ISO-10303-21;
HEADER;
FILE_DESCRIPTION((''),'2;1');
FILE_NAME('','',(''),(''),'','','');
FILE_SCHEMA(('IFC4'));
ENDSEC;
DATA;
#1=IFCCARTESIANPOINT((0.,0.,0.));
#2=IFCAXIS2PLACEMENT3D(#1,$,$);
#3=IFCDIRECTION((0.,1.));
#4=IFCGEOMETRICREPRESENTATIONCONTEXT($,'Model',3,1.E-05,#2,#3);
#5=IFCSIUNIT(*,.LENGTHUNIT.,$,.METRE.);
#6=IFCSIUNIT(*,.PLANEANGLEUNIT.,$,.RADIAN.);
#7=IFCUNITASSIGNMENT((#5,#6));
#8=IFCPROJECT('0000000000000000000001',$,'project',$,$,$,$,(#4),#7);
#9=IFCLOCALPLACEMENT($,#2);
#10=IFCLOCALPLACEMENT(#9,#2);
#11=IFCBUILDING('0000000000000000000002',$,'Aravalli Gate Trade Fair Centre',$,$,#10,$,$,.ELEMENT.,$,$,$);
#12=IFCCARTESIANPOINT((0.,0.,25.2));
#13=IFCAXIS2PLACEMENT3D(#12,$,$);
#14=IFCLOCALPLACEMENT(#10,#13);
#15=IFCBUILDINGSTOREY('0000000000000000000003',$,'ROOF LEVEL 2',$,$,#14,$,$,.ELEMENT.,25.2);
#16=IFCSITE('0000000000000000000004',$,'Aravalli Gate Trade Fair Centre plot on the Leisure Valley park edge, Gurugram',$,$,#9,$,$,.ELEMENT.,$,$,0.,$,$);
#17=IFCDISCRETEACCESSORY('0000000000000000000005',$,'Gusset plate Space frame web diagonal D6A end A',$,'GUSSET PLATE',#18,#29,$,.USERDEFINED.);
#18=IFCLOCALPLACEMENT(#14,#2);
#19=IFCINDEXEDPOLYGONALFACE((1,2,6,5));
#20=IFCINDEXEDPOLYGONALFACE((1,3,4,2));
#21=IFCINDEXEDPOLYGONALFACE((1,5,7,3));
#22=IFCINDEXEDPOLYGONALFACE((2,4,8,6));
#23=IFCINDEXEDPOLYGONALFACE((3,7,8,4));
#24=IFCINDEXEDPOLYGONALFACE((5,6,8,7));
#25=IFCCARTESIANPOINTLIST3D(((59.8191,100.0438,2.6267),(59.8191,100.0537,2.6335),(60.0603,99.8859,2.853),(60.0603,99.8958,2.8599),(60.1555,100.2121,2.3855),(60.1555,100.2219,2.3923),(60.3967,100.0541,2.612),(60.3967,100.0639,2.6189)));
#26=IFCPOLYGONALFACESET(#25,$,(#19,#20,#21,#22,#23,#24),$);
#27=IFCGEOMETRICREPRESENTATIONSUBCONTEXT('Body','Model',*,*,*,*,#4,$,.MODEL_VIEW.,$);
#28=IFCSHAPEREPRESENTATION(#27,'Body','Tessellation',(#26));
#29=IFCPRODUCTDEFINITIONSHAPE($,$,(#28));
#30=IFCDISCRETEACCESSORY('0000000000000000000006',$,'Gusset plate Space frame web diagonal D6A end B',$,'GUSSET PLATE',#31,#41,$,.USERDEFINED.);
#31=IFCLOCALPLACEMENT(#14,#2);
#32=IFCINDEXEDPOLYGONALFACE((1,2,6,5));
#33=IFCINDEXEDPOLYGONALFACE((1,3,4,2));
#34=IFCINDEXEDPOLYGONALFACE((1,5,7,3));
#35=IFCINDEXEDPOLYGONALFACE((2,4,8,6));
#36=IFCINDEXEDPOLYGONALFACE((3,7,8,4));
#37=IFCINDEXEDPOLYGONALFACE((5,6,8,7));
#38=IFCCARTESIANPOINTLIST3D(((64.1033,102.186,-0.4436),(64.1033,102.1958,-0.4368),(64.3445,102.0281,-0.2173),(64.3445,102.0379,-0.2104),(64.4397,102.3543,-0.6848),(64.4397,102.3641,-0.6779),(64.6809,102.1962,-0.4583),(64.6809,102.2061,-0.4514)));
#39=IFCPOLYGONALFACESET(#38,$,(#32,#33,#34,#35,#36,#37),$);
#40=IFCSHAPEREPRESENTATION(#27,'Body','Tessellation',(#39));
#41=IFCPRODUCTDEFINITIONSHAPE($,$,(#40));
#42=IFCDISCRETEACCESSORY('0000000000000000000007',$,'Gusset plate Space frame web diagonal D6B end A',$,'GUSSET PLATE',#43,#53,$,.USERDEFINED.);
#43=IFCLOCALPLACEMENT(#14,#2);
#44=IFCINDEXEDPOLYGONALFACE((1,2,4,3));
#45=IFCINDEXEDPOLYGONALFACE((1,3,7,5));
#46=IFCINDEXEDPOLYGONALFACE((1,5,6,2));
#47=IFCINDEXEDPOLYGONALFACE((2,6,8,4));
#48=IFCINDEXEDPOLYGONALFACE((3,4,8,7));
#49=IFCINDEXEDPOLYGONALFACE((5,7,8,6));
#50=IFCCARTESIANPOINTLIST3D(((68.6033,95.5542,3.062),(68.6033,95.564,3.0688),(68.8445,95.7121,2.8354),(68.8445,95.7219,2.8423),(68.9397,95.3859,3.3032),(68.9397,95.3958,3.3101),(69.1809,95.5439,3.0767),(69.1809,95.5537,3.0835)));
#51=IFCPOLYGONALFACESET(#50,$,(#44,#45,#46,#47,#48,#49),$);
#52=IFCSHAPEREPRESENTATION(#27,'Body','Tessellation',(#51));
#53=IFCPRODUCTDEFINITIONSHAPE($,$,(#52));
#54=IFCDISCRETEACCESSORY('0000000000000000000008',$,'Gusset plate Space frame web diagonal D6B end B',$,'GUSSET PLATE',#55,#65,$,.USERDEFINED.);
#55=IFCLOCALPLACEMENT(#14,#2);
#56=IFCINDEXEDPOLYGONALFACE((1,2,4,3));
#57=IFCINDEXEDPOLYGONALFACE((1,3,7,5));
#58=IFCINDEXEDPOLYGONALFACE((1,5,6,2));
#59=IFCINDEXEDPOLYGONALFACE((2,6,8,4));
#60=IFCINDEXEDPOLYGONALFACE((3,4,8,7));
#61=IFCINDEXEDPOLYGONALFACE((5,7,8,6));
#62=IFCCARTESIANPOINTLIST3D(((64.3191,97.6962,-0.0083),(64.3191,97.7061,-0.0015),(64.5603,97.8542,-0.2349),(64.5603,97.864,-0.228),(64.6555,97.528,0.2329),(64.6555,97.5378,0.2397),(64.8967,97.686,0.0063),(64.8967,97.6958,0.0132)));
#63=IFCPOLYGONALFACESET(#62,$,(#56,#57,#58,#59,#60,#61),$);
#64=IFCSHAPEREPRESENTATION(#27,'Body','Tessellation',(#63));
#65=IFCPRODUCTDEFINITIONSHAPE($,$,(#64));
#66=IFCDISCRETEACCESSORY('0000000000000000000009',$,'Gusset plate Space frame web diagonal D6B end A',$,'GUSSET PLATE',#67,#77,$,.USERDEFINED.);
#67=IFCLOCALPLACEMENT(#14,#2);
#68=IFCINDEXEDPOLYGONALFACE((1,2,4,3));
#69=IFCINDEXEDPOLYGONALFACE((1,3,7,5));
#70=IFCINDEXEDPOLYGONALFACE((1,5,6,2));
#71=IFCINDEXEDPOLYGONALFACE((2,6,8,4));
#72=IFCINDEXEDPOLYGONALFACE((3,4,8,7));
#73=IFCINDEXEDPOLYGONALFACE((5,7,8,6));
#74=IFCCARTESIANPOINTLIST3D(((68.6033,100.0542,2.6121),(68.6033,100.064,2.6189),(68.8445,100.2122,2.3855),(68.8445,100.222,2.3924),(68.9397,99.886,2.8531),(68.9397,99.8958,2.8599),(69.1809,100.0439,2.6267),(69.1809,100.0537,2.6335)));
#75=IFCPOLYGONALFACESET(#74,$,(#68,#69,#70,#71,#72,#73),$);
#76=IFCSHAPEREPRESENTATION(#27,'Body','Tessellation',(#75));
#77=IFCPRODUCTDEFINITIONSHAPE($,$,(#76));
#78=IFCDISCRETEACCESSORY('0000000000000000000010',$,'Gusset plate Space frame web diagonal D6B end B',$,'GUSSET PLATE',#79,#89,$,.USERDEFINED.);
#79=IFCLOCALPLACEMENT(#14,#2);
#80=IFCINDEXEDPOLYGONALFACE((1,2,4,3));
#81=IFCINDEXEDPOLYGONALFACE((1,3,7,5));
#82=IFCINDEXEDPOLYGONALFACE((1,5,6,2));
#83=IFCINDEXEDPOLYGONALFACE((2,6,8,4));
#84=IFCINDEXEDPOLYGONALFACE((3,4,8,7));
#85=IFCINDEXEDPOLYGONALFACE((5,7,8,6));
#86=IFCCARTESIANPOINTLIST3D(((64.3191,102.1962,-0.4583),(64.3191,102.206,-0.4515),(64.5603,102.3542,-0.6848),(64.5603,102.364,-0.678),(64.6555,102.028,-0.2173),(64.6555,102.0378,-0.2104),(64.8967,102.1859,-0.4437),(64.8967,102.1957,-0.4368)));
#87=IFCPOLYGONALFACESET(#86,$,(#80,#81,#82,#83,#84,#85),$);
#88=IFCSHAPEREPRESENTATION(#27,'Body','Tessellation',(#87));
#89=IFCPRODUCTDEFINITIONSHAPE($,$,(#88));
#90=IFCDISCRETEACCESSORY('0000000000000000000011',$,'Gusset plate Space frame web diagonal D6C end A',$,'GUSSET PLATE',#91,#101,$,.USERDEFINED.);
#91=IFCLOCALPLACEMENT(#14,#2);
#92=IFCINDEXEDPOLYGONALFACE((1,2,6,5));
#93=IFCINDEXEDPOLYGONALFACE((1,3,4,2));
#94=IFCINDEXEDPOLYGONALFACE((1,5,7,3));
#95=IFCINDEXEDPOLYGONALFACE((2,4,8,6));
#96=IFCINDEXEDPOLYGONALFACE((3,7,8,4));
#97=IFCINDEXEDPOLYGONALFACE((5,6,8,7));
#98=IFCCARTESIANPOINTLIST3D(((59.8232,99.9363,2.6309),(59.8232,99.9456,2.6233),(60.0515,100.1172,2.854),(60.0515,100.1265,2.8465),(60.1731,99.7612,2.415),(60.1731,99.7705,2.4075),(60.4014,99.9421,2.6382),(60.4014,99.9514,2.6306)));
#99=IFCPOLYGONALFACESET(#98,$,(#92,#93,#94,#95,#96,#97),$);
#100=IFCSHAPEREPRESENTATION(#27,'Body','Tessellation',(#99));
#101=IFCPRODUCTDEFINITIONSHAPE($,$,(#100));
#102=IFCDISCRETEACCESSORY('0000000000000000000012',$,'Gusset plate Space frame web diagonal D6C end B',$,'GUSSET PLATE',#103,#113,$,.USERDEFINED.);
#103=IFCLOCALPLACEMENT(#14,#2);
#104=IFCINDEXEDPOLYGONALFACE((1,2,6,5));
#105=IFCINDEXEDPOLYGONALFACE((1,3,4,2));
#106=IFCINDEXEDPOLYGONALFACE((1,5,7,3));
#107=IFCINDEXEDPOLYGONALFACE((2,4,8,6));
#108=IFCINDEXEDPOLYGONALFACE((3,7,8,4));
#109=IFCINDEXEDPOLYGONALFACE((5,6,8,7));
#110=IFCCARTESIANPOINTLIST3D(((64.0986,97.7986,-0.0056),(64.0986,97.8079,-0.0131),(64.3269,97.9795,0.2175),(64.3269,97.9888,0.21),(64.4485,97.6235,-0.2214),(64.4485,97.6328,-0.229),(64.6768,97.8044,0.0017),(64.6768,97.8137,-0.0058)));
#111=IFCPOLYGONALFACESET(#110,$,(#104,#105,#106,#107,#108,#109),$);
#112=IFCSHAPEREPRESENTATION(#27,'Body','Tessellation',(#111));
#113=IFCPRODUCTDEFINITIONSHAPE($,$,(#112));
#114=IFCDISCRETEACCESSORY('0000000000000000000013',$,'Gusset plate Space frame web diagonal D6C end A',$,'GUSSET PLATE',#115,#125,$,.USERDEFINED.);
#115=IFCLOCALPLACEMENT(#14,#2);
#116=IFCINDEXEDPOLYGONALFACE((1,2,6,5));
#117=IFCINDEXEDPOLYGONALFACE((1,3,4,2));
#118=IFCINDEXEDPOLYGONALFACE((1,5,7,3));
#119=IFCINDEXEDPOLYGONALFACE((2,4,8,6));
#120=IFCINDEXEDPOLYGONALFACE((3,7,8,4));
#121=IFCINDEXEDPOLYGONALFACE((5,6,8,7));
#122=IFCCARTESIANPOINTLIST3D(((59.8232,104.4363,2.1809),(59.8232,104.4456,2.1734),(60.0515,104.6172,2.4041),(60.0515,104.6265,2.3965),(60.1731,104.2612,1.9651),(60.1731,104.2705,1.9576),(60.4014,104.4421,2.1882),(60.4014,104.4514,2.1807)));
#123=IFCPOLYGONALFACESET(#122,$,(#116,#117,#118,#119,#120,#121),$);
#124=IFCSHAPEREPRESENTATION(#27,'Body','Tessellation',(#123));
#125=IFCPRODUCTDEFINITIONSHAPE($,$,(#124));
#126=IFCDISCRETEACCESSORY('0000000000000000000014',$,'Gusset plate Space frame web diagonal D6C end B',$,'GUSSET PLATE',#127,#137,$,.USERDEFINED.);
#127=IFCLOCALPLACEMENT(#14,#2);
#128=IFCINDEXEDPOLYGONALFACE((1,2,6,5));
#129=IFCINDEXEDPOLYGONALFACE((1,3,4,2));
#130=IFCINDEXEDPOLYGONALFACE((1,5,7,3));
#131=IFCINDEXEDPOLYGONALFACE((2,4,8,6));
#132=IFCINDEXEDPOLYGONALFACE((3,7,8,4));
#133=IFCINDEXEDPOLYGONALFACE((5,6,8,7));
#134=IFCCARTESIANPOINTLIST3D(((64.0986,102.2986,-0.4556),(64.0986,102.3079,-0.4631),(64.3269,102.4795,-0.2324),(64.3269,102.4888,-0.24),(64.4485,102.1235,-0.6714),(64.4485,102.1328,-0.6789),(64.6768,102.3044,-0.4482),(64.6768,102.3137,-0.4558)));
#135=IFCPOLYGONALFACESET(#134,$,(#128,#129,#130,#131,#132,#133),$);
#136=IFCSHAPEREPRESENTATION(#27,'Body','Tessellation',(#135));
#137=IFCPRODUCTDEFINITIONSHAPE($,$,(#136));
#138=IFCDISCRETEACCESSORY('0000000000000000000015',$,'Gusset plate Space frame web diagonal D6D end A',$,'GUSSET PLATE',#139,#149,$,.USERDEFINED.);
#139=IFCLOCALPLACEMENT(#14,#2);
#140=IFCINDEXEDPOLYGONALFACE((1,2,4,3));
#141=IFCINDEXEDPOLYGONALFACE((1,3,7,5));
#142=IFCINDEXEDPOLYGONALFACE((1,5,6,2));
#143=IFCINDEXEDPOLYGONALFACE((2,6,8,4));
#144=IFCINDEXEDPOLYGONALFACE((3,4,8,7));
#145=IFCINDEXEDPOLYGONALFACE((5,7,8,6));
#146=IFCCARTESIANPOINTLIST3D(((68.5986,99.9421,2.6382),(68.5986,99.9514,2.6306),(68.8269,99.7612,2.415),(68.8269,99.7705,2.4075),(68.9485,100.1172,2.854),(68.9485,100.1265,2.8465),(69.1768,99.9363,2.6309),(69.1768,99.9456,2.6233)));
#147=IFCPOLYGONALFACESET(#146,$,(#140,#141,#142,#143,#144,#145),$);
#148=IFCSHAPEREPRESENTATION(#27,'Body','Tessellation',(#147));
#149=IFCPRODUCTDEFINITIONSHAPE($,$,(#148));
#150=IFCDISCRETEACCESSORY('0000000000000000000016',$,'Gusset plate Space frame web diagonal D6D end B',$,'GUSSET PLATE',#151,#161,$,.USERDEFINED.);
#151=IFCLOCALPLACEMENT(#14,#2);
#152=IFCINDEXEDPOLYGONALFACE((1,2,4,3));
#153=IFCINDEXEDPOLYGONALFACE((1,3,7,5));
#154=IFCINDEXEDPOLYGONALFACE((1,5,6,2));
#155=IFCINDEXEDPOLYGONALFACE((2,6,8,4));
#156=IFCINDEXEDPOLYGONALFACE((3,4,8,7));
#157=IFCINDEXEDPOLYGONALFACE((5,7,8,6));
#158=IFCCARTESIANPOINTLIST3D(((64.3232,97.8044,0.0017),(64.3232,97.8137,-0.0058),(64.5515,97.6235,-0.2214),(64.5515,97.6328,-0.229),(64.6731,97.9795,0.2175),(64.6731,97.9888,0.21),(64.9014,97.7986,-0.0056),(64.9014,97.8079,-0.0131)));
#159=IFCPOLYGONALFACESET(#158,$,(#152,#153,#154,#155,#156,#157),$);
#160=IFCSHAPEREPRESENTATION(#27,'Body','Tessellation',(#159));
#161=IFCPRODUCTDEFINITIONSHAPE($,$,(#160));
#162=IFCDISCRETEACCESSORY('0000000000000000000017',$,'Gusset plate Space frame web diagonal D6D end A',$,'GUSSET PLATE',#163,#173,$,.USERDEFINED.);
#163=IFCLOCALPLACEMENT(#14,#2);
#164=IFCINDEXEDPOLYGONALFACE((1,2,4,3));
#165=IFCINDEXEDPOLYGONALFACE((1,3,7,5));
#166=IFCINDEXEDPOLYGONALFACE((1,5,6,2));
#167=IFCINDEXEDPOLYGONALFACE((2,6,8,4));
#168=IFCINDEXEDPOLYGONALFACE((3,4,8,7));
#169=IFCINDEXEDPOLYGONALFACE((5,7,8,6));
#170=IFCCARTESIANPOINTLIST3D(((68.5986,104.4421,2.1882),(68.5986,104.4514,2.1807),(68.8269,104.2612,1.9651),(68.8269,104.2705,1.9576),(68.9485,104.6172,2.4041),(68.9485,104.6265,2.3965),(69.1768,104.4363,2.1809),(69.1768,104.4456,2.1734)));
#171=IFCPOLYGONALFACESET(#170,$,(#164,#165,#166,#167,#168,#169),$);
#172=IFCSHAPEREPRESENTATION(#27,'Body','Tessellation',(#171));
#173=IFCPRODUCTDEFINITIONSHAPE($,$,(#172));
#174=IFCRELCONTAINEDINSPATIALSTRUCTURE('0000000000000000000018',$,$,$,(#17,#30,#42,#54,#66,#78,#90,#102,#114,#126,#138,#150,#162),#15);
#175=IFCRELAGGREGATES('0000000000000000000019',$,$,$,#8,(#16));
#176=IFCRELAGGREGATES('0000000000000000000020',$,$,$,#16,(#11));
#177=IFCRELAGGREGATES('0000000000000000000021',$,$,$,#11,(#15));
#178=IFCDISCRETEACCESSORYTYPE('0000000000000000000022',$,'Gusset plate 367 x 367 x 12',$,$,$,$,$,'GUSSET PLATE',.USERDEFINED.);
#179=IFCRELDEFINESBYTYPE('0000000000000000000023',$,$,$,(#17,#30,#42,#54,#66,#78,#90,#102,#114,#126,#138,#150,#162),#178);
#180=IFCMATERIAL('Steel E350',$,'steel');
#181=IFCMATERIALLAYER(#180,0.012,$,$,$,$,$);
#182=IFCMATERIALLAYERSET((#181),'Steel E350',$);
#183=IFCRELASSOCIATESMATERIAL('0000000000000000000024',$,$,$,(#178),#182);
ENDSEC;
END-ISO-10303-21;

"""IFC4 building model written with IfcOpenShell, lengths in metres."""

from ifc_helpers import new_model, si_unit, direction, frame, origin, place, context, subcontext, project, spatial, polyline, outline, extrude, material, layer, layer_set, type_object, element, save


model = new_model("IFC4")

# Units and contexts
model_context = context("Model", 3, precision=1e-05, world=origin(), true_north=direction((0.0, 1.0)))
body_context = subcontext(model_context, "Body", "Model", "MODEL_VIEW")
ifc_project = project(units=[si_unit("LENGTHUNIT", "METRE"), si_unit("PLANEANGLEUNIT", "RADIAN")], contexts=[model_context])

# Site, building, storey
site_placement = place(None, origin())
site = spatial("IfcSite", under=ifc_project, at=site_placement, Name="Aravalli Gate Trade Fair Centre plot on the Leisure Valley park edge, Gurugram", CompositionType="ELEMENT", RefElevation=0.0)
building_placement = place(site_placement, origin())
building = spatial("IfcBuilding", under=site, at=building_placement, Name="Aravalli Gate Trade Fair Centre", CompositionType="ELEMENT")
storey_placement = place(building_placement, frame((0.0, 0.0, 25.2)))
storey = spatial("IfcBuildingStorey", under=building, at=storey_placement, Name="ROOF LEVEL 2", CompositionType="ELEMENT", Elevation=25.2)

# Shared definitions
ifc_material = material(Name="Steel E350", Category="steel")

# Discrete accessories
ifc_layer = layer(ifc_material, 0.012)
ifc_layer_set = layer_set([ifc_layer], Name="Steel E350")
discrete_accessory_type = type_object("IfcDiscreteAccessoryType", Name="Gusset plate 367 x 367 x 12", ElementType="GUSSET PLATE", PredefinedType="USERDEFINED", material=ifc_layer_set)
discrete_accessory_1_placement = place(storey_placement, frame((60.1555, 100.2219, 2.3923), z_axis=(-0.000049, 0.820141, 0.572161), x_axis=(-0.75291, -0.376583, 0.539733)))
element("IfcDiscreteAccessory", 1, at=discrete_accessory_1_placement, inside=storey, type_object=discrete_accessory_type, Name="Gusset plate Space frame web diagonal D6A end A", ObjectType="GUSSET PLATE", PredefinedType="USERDEFINED", context=body_context, shape_type="SweptSolid", body=[
    extrude(outline(polyline([(0.0, 0.0), (0.4468, 0.0), (0.4469, 0.3665), (0.0002, 0.3667), (0.0, 0.0)])), origin(), (0.0, 0.0, -1.0), 0.012),
])
discrete_accessory_2_placement = place(storey_placement, frame((64.1033, 102.1958, -0.4368), z_axis=(-0.000049, 0.820141, 0.572161), x_axis=(0.75291, 0.376583, -0.539733)))
element("IfcDiscreteAccessory", 2, at=discrete_accessory_2_placement, inside=storey, type_object=discrete_accessory_type, Name="Gusset plate Space frame web diagonal D6A end B", ObjectType="GUSSET PLATE", PredefinedType="USERDEFINED", context=body_context, shape_type="SweptSolid", body=[
    extrude(outline(polyline([(0.0, 0.0), (0.4468, 0.0), (0.4467, -0.3667), (0.0, -0.3665), (0.0, 0.0)])), origin(), (0.0, 0.0, -1.0), 0.012),
])
discrete_accessory_3_placement = place(storey_placement, frame((68.6033, 95.564, 3.0688), z_axis=(0.000057, 0.820282, 0.57196), x_axis=(0.75291, -0.376455, 0.539822)))
element("IfcDiscreteAccessory", 3, at=discrete_accessory_3_placement, inside=storey, type_object=discrete_accessory_type, Name="Gusset plate Space frame web diagonal D6B end A", ObjectType="GUSSET PLATE", PredefinedType="USERDEFINED", context=body_context, shape_type="SweptSolid", body=[
    extrude(outline(polyline([(0.0, 0.0), (0.4468, 0.0), (0.4467, 0.3667), (-0.0002, 0.3667), (0.0, 0.0)])), origin(), (0.0, 0.0, -1.0), 0.012),
])
discrete_accessory_4_placement = place(storey_placement, frame((64.6555, 97.5378, 0.2397), z_axis=(0.000057, 0.820282, 0.57196), x_axis=(-0.75291, 0.376455, -0.539822)))
element("IfcDiscreteAccessory", 4, at=discrete_accessory_4_placement, inside=storey, type_object=discrete_accessory_type, Name="Gusset plate Space frame web diagonal D6B end B", ObjectType="GUSSET PLATE", PredefinedType="USERDEFINED", context=body_context, shape_type="SweptSolid", body=[
    extrude(outline(polyline([(0.0, 0.0), (0.4468, 0.0), (0.447, -0.3667), (0.0002, -0.3667), (0.0, 0.0)])), origin(), (0.0, 0.0, -1.0), 0.012),
])
discrete_accessory_5_placement = place(storey_placement, frame((68.6033, 100.064, 2.6189), z_axis=(0.000049, 0.820141, 0.572161), x_axis=(0.753132, -0.376438, 0.539524)))
element("IfcDiscreteAccessory", 5, at=discrete_accessory_5_placement, inside=storey, type_object=discrete_accessory_type, Name="Gusset plate Space frame web diagonal D6B end A", ObjectType="GUSSET PLATE", PredefinedType="USERDEFINED", context=body_context, shape_type="SweptSolid", body=[
    extrude(outline(polyline([(0.0, 0.0), (0.4467, 0.0), (0.4468, 0.3665), (0.0, 0.3667), (0.0, 0.0)])), origin(), (0.0, 0.0, -1.0), 0.012),
])
discrete_accessory_6_placement = place(storey_placement, frame((64.6555, 102.0378, -0.2104), z_axis=(0.000049, 0.820141, 0.572161), x_axis=(-0.753132, 0.376438, -0.539524)))
element("IfcDiscreteAccessory", 6, at=discrete_accessory_6_placement, inside=storey, type_object=discrete_accessory_type, Name="Gusset plate Space frame web diagonal D6B end B", ObjectType="GUSSET PLATE", PredefinedType="USERDEFINED", context=body_context, shape_type="SweptSolid", body=[
    extrude(outline(polyline([(0.0, 0.0), (0.4467, 0.0), (0.4467, -0.3667), (-0.0001, -0.3665), (0.0, 0.0)])), origin(), (0.0, 0.0, -1.0), 0.012),
])
discrete_accessory_7_placement = place(storey_placement, frame((60.1731, 99.7612, 2.415), z_axis=(-0.000107, -0.776736, 0.629826), x_axis=(-0.783044, 0.391795, 0.48305)))
element("IfcDiscreteAccessory", 7, at=discrete_accessory_7_placement, inside=storey, type_object=discrete_accessory_type, Name="Gusset plate Space frame web diagonal D6C end A", ObjectType="GUSSET PLATE", PredefinedType="USERDEFINED", context=body_context, shape_type="SweptSolid", body=[
    extrude(outline(polyline([(0.0, 0.0), (0.4468, 0.0), (0.4467, -0.3669), (-0.0001, -0.3669), (0.0, 0.0)])), origin(), (0.0, 0.0, -1.0), 0.012),
])
discrete_accessory_8_placement = place(storey_placement, frame((64.0986, 97.7986, -0.0056), z_axis=(-0.000107, -0.776736, 0.629826), x_axis=(0.783044, -0.391795, -0.48305)))
element("IfcDiscreteAccessory", 8, at=discrete_accessory_8_placement, inside=storey, type_object=discrete_accessory_type, Name="Gusset plate Space frame web diagonal D6C end B", ObjectType="GUSSET PLATE", PredefinedType="USERDEFINED", context=body_context, shape_type="SweptSolid", body=[
    extrude(outline(polyline([(0.0, 0.0), (0.4468, 0.0), (0.4469, 0.3669), (0.0001, 0.3669), (0.0, 0.0)])), origin(), (0.0, 0.0, -1.0), 0.012),
])
discrete_accessory_9_placement = place(storey_placement, frame((60.1731, 104.2612, 1.9651), z_axis=(-0.000107, -0.776736, 0.629826), x_axis=(-0.783044, 0.391795, 0.48305)))
element("IfcDiscreteAccessory", 9, at=discrete_accessory_9_placement, inside=storey, type_object=discrete_accessory_type, Name="Gusset plate Space frame web diagonal D6C end A", ObjectType="GUSSET PLATE", PredefinedType="USERDEFINED", context=body_context, shape_type="SweptSolid", body=[
    extrude(outline(polyline([(0.0, 0.0), (0.4468, 0.0), (0.4467, -0.3669), (-0.0001, -0.3669), (0.0, 0.0)])), origin(), (0.0, 0.0, -1.0), 0.012),
])
discrete_accessory_10_placement = place(storey_placement, frame((64.0986, 102.2986, -0.4556), z_axis=(-0.000107, -0.776736, 0.629826), x_axis=(0.783044, -0.391795, -0.48305)))
element("IfcDiscreteAccessory", 10, at=discrete_accessory_10_placement, inside=storey, type_object=discrete_accessory_type, Name="Gusset plate Space frame web diagonal D6C end B", ObjectType="GUSSET PLATE", PredefinedType="USERDEFINED", context=body_context, shape_type="SweptSolid", body=[
    extrude(outline(polyline([(0.0, 0.0), (0.4468, 0.0), (0.4469, 0.3669), (0.0001, 0.3669), (0.0, 0.0)])), origin(), (0.0, 0.0, -1.0), 0.012),
])
discrete_accessory_11_placement = place(storey_placement, frame((68.5986, 99.9421, 2.6382), z_axis=(0.000107, -0.776736, 0.629826), x_axis=(0.783044, 0.391795, 0.48305)))
element("IfcDiscreteAccessory", 11, at=discrete_accessory_11_placement, inside=storey, type_object=discrete_accessory_type, Name="Gusset plate Space frame web diagonal D6D end A", ObjectType="GUSSET PLATE", PredefinedType="USERDEFINED", context=body_context, shape_type="SweptSolid", body=[
    extrude(outline(polyline([(0.0, 0.0), (0.4468, 0.0), (0.4469, -0.3669), (0.0001, -0.3669), (0.0, 0.0)])), origin(), (0.0, 0.0, -1.0), 0.012),
])
discrete_accessory_12_placement = place(storey_placement, frame((64.6731, 97.9795, 0.2175), z_axis=(0.000107, -0.776736, 0.629826), x_axis=(-0.783044, -0.391795, -0.48305)))
element("IfcDiscreteAccessory", 12, at=discrete_accessory_12_placement, inside=storey, type_object=discrete_accessory_type, Name="Gusset plate Space frame web diagonal D6D end B", ObjectType="GUSSET PLATE", PredefinedType="USERDEFINED", context=body_context, shape_type="SweptSolid", body=[
    extrude(outline(polyline([(0.0, 0.0), (0.4468, 0.0), (0.4467, 0.3669), (-0.0001, 0.3669), (0.0, 0.0)])), origin(), (0.0, 0.0, -1.0), 0.012),
])
discrete_accessory_13_placement = place(storey_placement, frame((68.5986, 104.4421, 2.1882), z_axis=(0.000107, -0.776736, 0.629826), x_axis=(0.783044, 0.391795, 0.48305)))
element("IfcDiscreteAccessory", 13, at=discrete_accessory_13_placement, inside=storey, type_object=discrete_accessory_type, Name="Gusset plate Space frame web diagonal D6D end A", ObjectType="GUSSET PLATE", PredefinedType="USERDEFINED", context=body_context, shape_type="SweptSolid", body=[
    extrude(outline(polyline([(0.0, 0.0), (0.4468, 0.0), (0.4469, -0.3669), (0.0001, -0.3669), (0.0, 0.0)])), origin(), (0.0, 0.0, -1.0), 0.012),
])

save(model, "model.ifc")
